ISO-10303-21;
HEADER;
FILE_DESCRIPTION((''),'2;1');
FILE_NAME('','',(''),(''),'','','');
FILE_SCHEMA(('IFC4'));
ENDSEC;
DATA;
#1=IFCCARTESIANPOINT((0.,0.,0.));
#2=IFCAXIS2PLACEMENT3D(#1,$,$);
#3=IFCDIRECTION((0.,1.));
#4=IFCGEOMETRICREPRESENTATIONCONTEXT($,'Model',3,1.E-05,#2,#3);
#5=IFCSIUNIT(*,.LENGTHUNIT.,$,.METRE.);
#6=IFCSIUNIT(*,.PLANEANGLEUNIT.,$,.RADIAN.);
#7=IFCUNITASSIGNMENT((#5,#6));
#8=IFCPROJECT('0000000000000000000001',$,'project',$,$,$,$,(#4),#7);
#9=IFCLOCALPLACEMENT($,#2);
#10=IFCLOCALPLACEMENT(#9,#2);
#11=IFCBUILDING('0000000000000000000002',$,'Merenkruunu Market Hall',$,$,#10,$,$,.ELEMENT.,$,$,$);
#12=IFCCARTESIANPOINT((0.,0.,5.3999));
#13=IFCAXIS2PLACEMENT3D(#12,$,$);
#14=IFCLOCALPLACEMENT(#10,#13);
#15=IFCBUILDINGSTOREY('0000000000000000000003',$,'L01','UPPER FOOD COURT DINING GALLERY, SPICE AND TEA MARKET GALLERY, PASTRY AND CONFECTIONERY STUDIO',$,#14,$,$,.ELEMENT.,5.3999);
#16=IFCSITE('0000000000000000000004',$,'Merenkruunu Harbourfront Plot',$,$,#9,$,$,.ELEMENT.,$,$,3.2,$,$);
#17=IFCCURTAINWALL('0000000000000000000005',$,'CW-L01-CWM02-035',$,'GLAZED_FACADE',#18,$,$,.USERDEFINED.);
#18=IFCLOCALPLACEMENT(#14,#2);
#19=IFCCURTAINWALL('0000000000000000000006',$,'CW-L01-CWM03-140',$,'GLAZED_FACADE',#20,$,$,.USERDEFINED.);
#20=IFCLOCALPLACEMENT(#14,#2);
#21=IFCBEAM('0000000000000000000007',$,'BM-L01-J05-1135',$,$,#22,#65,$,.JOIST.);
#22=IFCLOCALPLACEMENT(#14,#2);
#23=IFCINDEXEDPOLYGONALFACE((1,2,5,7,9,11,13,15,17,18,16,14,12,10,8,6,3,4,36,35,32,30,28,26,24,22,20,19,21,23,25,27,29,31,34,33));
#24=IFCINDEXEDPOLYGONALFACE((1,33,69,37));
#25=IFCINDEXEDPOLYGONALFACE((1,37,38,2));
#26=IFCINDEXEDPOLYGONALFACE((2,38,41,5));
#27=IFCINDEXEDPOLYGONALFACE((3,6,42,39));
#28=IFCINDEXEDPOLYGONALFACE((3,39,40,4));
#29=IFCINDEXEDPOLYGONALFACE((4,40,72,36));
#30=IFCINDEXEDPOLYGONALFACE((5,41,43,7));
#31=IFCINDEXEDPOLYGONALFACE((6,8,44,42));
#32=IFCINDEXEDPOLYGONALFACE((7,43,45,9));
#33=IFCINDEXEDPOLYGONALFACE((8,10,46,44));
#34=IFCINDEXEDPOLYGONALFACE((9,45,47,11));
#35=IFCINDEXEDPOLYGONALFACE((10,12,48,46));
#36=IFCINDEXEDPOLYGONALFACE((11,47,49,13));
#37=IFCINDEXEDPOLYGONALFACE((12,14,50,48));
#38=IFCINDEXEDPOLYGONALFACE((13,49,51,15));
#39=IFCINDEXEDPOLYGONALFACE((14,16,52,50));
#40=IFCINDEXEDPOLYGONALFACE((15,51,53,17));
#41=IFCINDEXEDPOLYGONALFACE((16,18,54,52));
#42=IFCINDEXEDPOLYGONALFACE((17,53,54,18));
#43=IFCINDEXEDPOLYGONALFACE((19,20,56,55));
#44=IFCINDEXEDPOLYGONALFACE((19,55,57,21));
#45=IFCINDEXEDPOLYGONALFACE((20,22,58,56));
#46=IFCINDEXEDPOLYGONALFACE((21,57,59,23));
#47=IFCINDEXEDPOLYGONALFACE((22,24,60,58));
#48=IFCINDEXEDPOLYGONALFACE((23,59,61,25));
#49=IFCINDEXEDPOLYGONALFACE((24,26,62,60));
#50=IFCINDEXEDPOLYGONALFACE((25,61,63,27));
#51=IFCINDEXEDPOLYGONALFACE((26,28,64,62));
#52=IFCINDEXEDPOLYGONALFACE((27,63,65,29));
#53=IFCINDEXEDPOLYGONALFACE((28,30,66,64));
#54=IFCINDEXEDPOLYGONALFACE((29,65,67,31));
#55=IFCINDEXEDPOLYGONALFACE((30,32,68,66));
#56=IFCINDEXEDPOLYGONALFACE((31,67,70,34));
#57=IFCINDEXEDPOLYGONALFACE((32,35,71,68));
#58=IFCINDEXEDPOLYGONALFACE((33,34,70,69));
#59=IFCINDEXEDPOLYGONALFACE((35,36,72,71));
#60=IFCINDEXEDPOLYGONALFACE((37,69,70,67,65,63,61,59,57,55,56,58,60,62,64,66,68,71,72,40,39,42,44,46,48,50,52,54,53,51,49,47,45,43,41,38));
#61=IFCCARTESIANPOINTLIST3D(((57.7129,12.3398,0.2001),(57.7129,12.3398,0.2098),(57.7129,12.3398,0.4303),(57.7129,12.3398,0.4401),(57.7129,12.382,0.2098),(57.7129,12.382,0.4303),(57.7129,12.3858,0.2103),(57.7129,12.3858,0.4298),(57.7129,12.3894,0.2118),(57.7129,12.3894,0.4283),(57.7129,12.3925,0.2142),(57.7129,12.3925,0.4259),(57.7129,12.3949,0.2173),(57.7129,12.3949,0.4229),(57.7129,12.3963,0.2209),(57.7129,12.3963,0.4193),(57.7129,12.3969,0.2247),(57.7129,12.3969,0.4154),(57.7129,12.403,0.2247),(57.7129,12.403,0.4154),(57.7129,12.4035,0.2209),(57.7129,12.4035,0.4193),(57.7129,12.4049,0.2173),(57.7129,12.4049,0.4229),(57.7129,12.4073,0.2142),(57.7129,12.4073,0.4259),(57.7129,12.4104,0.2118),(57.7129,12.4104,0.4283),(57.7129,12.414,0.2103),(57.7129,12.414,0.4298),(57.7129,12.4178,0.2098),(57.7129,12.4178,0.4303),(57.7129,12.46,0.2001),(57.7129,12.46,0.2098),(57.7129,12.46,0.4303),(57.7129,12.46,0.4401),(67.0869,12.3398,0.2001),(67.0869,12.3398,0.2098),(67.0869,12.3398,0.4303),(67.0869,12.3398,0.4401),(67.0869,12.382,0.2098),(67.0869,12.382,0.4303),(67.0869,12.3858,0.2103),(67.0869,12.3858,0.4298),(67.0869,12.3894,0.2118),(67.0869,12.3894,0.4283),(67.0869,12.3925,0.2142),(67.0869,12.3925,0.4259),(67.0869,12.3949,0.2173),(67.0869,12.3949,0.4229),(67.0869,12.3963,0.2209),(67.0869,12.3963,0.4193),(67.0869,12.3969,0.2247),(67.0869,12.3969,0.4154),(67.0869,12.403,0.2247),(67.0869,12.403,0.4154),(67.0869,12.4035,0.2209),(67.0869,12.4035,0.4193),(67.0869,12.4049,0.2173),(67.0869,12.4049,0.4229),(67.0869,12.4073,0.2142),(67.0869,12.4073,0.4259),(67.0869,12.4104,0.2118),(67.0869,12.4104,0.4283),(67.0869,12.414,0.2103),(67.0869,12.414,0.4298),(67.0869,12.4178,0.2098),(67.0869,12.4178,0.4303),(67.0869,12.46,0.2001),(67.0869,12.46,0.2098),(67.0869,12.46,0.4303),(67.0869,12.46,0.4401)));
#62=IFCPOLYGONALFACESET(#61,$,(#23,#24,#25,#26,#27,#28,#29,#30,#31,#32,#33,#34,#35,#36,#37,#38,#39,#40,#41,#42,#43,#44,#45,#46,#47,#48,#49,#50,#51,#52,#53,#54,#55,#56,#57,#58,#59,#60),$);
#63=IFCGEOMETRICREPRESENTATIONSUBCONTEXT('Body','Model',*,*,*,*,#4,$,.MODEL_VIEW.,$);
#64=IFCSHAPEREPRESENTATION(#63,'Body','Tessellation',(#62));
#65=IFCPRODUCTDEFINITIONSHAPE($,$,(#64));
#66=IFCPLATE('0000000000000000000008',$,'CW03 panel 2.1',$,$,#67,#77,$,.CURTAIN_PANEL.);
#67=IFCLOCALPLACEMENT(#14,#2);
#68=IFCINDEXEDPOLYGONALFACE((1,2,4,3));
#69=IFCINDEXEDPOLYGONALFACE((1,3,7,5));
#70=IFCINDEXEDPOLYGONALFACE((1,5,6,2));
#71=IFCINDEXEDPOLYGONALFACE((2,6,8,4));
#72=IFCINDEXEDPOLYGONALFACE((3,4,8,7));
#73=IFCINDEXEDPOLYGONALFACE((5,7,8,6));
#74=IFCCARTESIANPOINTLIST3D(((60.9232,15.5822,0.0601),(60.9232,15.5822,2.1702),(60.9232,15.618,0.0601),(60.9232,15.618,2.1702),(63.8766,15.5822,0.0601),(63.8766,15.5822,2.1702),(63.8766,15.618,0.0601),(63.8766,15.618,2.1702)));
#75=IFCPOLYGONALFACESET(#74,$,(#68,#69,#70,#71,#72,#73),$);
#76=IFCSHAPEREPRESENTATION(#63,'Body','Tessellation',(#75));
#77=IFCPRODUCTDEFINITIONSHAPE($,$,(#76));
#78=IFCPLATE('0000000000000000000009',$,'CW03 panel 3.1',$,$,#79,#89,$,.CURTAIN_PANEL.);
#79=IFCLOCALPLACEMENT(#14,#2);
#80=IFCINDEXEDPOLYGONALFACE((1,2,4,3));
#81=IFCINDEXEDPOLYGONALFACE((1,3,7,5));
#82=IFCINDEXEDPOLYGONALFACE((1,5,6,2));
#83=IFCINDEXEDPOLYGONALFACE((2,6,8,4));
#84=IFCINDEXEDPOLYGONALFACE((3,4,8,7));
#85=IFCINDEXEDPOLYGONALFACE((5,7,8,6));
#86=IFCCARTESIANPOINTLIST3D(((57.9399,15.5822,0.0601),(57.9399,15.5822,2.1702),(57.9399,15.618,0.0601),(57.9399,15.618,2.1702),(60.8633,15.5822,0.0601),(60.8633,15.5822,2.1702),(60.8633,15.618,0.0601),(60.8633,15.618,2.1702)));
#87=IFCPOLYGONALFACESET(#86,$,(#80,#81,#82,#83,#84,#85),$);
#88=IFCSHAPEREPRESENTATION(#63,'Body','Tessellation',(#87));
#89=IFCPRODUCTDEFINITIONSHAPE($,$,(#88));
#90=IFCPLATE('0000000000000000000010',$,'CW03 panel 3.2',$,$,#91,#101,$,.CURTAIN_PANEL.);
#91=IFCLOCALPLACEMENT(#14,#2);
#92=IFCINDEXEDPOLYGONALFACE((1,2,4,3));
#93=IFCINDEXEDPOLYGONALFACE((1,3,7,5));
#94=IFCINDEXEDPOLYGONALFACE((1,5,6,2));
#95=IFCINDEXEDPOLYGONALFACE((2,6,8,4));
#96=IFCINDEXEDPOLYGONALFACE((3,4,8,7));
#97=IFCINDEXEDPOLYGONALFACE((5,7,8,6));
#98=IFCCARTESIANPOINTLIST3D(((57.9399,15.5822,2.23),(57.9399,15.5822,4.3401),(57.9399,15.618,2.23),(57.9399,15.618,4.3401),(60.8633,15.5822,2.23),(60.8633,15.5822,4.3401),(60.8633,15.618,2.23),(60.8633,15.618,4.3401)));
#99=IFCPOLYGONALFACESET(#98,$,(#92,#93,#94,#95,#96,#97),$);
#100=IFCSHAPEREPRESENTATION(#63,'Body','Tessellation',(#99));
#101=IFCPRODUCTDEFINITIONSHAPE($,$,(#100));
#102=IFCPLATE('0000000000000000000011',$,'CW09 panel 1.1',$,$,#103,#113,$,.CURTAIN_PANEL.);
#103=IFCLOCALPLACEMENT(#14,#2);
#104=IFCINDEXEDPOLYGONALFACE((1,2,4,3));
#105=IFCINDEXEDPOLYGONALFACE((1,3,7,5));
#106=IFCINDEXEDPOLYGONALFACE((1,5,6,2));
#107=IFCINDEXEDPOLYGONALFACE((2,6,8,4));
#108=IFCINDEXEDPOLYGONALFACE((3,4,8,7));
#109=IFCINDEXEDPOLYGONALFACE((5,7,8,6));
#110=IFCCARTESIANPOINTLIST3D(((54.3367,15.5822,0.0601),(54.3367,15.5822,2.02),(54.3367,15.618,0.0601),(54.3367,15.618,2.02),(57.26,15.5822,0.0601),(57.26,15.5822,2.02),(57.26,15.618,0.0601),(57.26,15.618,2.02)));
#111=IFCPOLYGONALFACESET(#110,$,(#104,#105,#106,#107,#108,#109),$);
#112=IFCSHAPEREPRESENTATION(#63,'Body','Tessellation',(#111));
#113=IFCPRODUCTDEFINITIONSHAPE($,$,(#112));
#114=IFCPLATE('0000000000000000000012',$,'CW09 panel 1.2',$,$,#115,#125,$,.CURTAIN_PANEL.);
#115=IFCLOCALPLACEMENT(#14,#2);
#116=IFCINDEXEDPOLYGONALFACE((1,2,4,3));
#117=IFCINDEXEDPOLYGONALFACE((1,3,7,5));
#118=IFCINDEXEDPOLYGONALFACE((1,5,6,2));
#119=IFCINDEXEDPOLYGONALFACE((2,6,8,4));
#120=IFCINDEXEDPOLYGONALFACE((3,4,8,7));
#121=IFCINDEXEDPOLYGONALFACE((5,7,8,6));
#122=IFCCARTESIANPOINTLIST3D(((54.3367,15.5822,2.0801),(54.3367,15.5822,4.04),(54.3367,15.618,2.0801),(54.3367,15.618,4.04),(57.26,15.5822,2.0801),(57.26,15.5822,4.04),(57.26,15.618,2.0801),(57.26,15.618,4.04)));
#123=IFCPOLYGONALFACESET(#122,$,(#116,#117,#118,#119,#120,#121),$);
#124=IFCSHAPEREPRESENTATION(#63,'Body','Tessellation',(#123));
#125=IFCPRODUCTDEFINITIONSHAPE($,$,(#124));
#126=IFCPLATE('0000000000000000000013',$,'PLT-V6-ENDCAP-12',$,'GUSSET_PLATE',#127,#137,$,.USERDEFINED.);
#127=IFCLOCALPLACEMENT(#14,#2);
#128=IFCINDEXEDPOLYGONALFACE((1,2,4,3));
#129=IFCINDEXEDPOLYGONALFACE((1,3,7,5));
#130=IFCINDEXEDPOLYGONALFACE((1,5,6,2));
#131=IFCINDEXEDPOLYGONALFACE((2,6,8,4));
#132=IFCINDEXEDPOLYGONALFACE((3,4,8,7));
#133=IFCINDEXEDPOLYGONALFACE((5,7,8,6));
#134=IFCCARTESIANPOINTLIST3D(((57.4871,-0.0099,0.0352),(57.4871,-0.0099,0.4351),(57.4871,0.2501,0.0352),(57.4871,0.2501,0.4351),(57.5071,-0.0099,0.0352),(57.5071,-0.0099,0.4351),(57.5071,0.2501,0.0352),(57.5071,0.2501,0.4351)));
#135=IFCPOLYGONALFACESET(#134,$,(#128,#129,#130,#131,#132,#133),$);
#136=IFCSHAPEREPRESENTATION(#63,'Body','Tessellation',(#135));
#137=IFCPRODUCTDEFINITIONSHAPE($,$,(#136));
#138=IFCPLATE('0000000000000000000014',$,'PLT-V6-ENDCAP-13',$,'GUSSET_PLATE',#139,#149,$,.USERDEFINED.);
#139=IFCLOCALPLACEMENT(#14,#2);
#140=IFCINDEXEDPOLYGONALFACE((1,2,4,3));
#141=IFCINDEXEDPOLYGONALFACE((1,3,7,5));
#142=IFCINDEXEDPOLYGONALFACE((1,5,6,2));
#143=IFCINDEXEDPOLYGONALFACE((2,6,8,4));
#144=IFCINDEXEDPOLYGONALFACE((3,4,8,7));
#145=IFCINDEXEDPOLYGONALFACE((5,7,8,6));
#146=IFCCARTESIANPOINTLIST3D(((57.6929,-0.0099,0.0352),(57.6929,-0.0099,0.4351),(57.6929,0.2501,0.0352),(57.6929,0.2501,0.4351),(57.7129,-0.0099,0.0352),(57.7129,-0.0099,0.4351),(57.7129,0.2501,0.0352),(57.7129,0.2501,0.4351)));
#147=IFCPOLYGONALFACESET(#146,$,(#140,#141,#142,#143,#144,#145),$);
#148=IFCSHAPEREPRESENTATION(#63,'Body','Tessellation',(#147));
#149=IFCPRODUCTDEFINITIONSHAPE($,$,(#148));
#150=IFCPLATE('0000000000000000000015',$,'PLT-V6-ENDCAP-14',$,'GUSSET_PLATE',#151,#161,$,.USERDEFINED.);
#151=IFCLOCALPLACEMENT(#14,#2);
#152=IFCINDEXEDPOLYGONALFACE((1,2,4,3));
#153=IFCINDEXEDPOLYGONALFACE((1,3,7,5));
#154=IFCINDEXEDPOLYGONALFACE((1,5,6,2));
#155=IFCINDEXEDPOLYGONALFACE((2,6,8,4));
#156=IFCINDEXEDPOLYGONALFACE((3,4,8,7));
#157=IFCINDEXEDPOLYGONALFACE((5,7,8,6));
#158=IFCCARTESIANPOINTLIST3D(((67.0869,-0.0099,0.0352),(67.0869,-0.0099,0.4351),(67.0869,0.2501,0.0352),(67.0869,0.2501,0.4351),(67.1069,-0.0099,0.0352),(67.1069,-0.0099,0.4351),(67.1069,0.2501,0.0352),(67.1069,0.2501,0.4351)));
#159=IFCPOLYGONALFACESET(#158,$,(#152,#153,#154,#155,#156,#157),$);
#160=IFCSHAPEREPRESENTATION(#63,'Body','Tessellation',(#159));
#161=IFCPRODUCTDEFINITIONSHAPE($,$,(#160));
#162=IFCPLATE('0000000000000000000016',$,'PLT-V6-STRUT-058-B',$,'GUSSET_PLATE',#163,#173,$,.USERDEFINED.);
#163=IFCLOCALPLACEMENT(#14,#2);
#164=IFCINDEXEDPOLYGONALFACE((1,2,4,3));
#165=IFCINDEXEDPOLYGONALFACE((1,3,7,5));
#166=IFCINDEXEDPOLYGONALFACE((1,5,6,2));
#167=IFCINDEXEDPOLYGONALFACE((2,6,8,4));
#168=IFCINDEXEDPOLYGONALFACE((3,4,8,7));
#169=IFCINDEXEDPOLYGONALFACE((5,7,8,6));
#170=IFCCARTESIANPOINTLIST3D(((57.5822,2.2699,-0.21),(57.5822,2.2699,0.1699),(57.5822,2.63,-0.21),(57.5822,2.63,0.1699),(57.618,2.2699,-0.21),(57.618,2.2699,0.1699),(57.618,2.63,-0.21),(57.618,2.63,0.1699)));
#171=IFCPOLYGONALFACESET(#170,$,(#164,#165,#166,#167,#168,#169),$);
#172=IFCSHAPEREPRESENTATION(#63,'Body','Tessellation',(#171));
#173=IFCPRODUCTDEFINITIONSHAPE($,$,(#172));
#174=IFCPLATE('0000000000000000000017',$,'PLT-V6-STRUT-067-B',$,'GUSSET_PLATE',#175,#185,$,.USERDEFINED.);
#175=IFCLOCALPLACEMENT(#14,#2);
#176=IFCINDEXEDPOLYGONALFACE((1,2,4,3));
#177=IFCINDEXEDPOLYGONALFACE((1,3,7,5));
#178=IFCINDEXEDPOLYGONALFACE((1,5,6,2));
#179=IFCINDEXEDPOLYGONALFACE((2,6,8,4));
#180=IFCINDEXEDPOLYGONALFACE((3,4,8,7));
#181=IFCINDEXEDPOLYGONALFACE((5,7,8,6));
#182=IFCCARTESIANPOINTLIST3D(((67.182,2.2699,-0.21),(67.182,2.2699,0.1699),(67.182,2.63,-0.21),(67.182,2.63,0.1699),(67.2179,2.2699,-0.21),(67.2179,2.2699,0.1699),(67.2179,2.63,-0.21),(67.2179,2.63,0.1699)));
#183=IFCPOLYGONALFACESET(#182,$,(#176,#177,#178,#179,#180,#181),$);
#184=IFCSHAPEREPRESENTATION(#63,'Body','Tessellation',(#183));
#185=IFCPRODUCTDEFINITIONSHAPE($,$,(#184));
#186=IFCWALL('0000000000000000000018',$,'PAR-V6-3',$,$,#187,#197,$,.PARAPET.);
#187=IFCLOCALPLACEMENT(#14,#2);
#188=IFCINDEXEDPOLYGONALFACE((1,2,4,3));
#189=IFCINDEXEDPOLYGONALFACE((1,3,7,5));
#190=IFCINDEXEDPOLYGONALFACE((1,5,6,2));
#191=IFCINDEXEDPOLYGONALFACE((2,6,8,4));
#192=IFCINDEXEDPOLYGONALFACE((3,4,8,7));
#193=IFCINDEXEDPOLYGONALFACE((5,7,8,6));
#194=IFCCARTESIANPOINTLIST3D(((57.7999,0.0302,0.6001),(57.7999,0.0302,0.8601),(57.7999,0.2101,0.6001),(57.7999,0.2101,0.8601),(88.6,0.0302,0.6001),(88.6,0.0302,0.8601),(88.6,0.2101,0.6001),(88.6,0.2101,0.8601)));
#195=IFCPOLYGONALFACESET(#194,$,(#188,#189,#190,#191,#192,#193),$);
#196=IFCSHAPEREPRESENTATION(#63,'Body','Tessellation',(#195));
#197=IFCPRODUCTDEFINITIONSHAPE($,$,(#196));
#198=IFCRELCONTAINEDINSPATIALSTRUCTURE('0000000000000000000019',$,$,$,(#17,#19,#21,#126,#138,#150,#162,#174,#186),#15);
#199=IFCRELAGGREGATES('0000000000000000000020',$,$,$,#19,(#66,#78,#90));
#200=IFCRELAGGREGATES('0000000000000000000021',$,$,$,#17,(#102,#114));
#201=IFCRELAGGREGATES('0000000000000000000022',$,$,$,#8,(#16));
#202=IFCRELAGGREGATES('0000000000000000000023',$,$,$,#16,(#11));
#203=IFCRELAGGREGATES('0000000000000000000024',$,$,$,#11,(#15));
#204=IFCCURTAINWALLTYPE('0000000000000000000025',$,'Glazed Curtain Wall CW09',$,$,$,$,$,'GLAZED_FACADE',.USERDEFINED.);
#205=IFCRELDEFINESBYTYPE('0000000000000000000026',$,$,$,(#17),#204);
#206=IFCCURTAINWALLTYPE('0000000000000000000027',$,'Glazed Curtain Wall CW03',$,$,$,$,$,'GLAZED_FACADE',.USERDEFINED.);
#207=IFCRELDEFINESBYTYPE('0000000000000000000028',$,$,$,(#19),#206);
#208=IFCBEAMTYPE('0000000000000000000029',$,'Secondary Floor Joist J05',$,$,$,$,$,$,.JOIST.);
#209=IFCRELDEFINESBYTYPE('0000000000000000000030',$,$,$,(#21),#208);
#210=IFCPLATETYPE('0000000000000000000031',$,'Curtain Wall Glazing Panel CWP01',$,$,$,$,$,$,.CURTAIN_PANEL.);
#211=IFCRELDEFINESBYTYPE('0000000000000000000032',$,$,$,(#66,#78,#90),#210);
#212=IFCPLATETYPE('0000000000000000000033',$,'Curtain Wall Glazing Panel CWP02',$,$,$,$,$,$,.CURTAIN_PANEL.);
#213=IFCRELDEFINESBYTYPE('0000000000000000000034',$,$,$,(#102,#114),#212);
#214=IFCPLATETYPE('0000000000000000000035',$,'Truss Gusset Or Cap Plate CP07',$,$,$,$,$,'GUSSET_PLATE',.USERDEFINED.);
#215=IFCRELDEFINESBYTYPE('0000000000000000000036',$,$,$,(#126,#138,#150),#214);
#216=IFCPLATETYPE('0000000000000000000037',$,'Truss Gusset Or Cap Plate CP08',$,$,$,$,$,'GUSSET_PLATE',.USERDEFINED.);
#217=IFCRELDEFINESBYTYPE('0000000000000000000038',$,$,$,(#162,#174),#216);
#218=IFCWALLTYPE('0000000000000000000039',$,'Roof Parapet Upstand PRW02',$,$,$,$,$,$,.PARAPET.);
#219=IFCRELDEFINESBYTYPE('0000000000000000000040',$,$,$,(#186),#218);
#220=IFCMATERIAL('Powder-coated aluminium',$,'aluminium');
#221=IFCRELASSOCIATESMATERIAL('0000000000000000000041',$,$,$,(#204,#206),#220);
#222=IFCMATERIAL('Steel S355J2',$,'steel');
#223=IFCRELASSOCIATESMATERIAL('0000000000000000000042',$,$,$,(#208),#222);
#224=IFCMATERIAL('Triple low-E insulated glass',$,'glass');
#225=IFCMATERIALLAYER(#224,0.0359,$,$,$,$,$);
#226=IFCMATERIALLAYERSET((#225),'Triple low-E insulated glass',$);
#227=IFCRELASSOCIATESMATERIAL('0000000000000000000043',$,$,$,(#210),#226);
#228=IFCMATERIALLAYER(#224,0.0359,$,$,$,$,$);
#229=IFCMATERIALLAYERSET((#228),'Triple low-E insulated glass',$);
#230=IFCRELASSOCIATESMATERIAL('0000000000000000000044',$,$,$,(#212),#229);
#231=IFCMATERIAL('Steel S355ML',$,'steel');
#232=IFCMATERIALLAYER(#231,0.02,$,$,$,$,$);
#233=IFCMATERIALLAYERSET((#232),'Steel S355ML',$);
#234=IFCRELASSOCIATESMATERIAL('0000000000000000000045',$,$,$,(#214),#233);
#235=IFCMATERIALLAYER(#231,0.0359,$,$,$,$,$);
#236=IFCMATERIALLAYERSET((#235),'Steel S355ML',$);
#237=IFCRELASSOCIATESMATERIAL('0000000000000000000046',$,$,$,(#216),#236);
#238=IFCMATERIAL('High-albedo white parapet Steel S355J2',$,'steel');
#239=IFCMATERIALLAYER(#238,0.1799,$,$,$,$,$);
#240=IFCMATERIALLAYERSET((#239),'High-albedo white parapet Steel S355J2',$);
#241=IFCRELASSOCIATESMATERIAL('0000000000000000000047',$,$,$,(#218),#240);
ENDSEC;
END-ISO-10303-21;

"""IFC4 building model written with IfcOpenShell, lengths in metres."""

from ifc_helpers import new_model, si_unit, direction, frame, frame_2d, origin, origin_2d, place, context, subcontext, project, spatial, rectangle, i_section, extrude, material, layer, layer_set, material_profile, profile_set, type_object, element, aggregate, save


model = new_model("IFC4")

# Units and contexts
model_context = context("Model", 3, precision=1e-05, world=origin(), true_north=direction((0.0, 1.0)))
body_context = subcontext(model_context, "Body", "Model", "MODEL_VIEW")
ifc_project = project(units=[si_unit("LENGTHUNIT", "METRE"), si_unit("PLANEANGLEUNIT", "RADIAN")], contexts=[model_context])

# Site, building, storey
site_placement = place(None, origin())
site = spatial("IfcSite", under=ifc_project, at=site_placement, Name="Merenkruunu Harbourfront Plot", CompositionType="ELEMENT", RefElevation=3.2)
building_placement = place(site_placement, origin())
building = spatial("IfcBuilding", under=site, at=building_placement, Name="Merenkruunu Market Hall", CompositionType="ELEMENT")
storey_placement = place(building_placement, frame((0.0, 0.0, 5.3999)))
storey = spatial("IfcBuildingStorey", under=building, at=storey_placement, Name="L01", Description="UPPER FOOD COURT DINING GALLERY, SPICE AND TEA MARKET GALLERY, PASTRY AND CONFECTIONERY STUDIO", CompositionType="ELEMENT", Elevation=5.3999)

# Shared definitions
ifc_material_1 = material(Name="Steel S355ML", Category="steel")

# Curtain walls
ifc_material_2 = material(Name="Powder-coated aluminium", Category="aluminium")
curtain_wall_type_1 = type_object("IfcCurtainWallType", Name="Glazed Curtain Wall CW09", ElementType="GLAZED_FACADE", PredefinedType="USERDEFINED", material=ifc_material_2)
curtain_wall_1_placement = place(storey_placement, origin())
curtain_wall_1 = element("IfcCurtainWall", 1, at=curtain_wall_1_placement, inside=storey, type_object=curtain_wall_type_1, Name="CW-L01-CWM02-035", ObjectType="GLAZED_FACADE", PredefinedType="USERDEFINED")
curtain_wall_type_2 = type_object("IfcCurtainWallType", Name="Glazed Curtain Wall CW03", ElementType="GLAZED_FACADE", PredefinedType="USERDEFINED", material=ifc_material_2)
curtain_wall_2_placement = place(storey_placement, origin())
curtain_wall_2 = element("IfcCurtainWall", 2, at=curtain_wall_2_placement, inside=storey, type_object=curtain_wall_type_2, Name="CW-L01-CWM03-140", ObjectType="GLAZED_FACADE", PredefinedType="USERDEFINED")

# Beam
ifc_material_3 = material(Name="Steel S355J2", Category="steel")
ifc_material_profile_1 = material_profile(ifc_material_3, i_section(OverallWidth=0.1201, OverallDepth=0.24, WebThickness=0.0061, FlangeThickness=0.0098, FilletRadius=0.0149, at=origin_2d()), Name="IPE 240")
ifc_profile_set_1 = profile_set([ifc_material_profile_1], Name="Steel S355J2")
beam_type_1 = type_object("IfcBeamType", Name="Secondary Floor Joist J05", PredefinedType="JOIST", material=ifc_profile_set_1)
for number, where, z_axis, x_axis, name in (
    (3, (57.7129, 12.3999, 0.3201), (1.0, 0.0, 0.0), (0.0, 1.0, 0.0), "BM-L01-J05-1135"),
):
    element("IfcBeam", number, at=place(storey_placement, frame(where, z_axis=z_axis, x_axis=x_axis)), inside=storey, type_object=beam_type_1, Name=name, PredefinedType="JOIST", context=body_context, shape_type="SweptSolid", body=[
        extrude(i_section(OverallWidth=0.1201, OverallDepth=0.24, WebThickness=0.0061, FlangeThickness=0.0098, FilletRadius=0.0149, at=origin_2d()), origin(), (0.0, 0.0, 1.0), 9.374),
    ])

# Plates
ifc_material_4 = material(Name="Triple low-E insulated glass", Category="glass")
ifc_layer_1 = layer(ifc_material_4, 0.0359)
ifc_layer_set_1 = layer_set([ifc_layer_1], Name="Triple low-E insulated glass")
plate_type_1 = type_object("IfcPlateType", Name="Curtain Wall Glazing Panel CWP01", PredefinedType="CURTAIN_PANEL", material=ifc_layer_set_1)
plate_1_placement = place(storey_placement, frame((62.3999, 15.6001, 0.0601), z_axis=(0.0, 0.0, 1.0), x_axis=(-1.0, 0.0, 0.0)))
plate_1 = element("IfcPlate", 4, at=plate_1_placement, type_object=plate_type_1, Name="CW03 panel 2.1", PredefinedType="CURTAIN_PANEL", context=body_context, shape_type="SweptSolid", body=[
    extrude(rectangle(XDim=2.9534, YDim=0.0359, at=origin_2d()), origin(), (0.0, 0.0, 1.0), 2.1101),
])
plate_2_placement = place(storey_placement, frame((59.4016, 15.6001, 0.0601), z_axis=(0.0, 0.0, 1.0), x_axis=(-1.0, 0.0, 0.0)))
plate_2 = element("IfcPlate", 5, at=plate_2_placement, type_object=plate_type_1, Name="CW03 panel 3.1", PredefinedType="CURTAIN_PANEL", context=body_context, shape_type="SweptSolid", body=[
    extrude(rectangle(XDim=2.9233, YDim=0.0359, at=origin_2d()), origin(), (0.0, 0.0, 1.0), 2.1101),
])
plate_3_placement = place(storey_placement, frame((59.4016, 15.6001, 2.23), z_axis=(0.0, 0.0, 1.0), x_axis=(-1.0, 0.0, 0.0)))
plate_3 = element("IfcPlate", 6, at=plate_3_placement, type_object=plate_type_1, Name="CW03 panel 3.2", PredefinedType="CURTAIN_PANEL", context=body_context, shape_type="SweptSolid", body=[
    extrude(rectangle(XDim=2.9233, YDim=0.0359, at=origin_2d()), origin(), (0.0, 0.0, 1.0), 2.1101),
])
aggregate(curtain_wall_2, [plate_1, plate_2, plate_3])
ifc_layer_2 = layer(ifc_material_4, 0.0359)
ifc_layer_set_2 = layer_set([ifc_layer_2], Name="Triple low-E insulated glass")
plate_type_2 = type_object("IfcPlateType", Name="Curtain Wall Glazing Panel CWP02", PredefinedType="CURTAIN_PANEL", material=ifc_layer_set_2)
plate_4_placement = place(storey_placement, frame((55.7983, 15.6001, 0.0601), z_axis=(0.0, 0.0, 1.0), x_axis=(-1.0, 0.0, 0.0)))
plate_4 = element("IfcPlate", 7, at=plate_4_placement, type_object=plate_type_2, Name="CW09 panel 1.1", PredefinedType="CURTAIN_PANEL", context=body_context, shape_type="SweptSolid", body=[
    extrude(rectangle(XDim=2.9233, YDim=0.0359, at=origin_2d()), origin(), (0.0, 0.0, 1.0), 1.96),
])
plate_5_placement = place(storey_placement, frame((55.7983, 15.6001, 2.0801), z_axis=(0.0, 0.0, 1.0), x_axis=(-1.0, 0.0, 0.0)))
plate_5 = element("IfcPlate", 8, at=plate_5_placement, type_object=plate_type_2, Name="CW09 panel 1.2", PredefinedType="CURTAIN_PANEL", context=body_context, shape_type="SweptSolid", body=[
    extrude(rectangle(XDim=2.9233, YDim=0.0359, at=origin_2d()), origin(), (0.0, 0.0, 1.0), 1.96),
])
aggregate(curtain_wall_1, [plate_4, plate_5])

# Plates
ifc_layer_3 = layer(ifc_material_1, 0.02)
ifc_layer_set_3 = layer_set([ifc_layer_3], Name="Steel S355ML")
plate_type_3 = type_object("IfcPlateType", Name="Truss Gusset Or Cap Plate CP07", ElementType="GUSSET_PLATE", PredefinedType="USERDEFINED", material=ifc_layer_set_3)
for number, where, z_axis, x_axis, name in (
    (9, (57.4971, 0.1201, 0.0352), (0.0, 0.0, 1.0), (1.0, 0.0, 0.0), "PLT-V6-ENDCAP-12"),
    (10, (57.7029, 0.1201, 0.0352), (0.0, 0.0, 1.0), (1.0, 0.0, 0.0), "PLT-V6-ENDCAP-13"),
    (11, (67.0969, 0.1201, 0.0352), (0.0, 0.0, 1.0), (1.0, 0.0, 0.0), "PLT-V6-ENDCAP-14"),
):
    element("IfcPlate", number, at=place(storey_placement, frame(where, z_axis=z_axis, x_axis=x_axis)), inside=storey, type_object=plate_type_3, Name=name, ObjectType="GUSSET_PLATE", PredefinedType="USERDEFINED", context=body_context, shape_type="SweptSolid", body=[
        extrude(rectangle(XDim=0.02, YDim=0.26, at=origin_2d()), origin(), (0.0, 0.0, 1.0), 0.3999),
    ])
ifc_layer_4 = layer(ifc_material_1, 0.0359)
ifc_layer_set_4 = layer_set([ifc_layer_4], Name="Steel S355ML")
plate_type_4 = type_object("IfcPlateType", Name="Truss Gusset Or Cap Plate CP08", ElementType="GUSSET_PLATE", PredefinedType="USERDEFINED", material=ifc_layer_set_4)
for number, where, z_axis, x_axis, name in (
    (12, (57.6001, 2.45, -0.21), (0.0, 0.0, 1.0), (1.0, 0.0, 0.0), "PLT-V6-STRUT-058-B"),
    (13, (67.2, 2.45, -0.21), (0.0, 0.0, 1.0), (1.0, 0.0, 0.0), "PLT-V6-STRUT-067-B"),
):
    element("IfcPlate", number, at=place(storey_placement, frame(where, z_axis=z_axis, x_axis=x_axis)), inside=storey, type_object=plate_type_4, Name=name, ObjectType="GUSSET_PLATE", PredefinedType="USERDEFINED", context=body_context, shape_type="SweptSolid", body=[
        extrude(rectangle(XDim=0.0359, YDim=0.3601, at=origin_2d()), origin(), (0.0, 0.0, 1.0), 0.3799),
    ])

# Wall
ifc_material_5 = material(Name="High-albedo white parapet Steel S355J2", Category="steel")
ifc_layer_5 = layer(ifc_material_5, 0.1799)
ifc_layer_set_5 = layer_set([ifc_layer_5], Name="High-albedo white parapet Steel S355J2")
wall_type = type_object("IfcWallType", Name="Roof Parapet Upstand PRW02", PredefinedType="PARAPET", material=ifc_layer_set_5)
wall_placement = place(storey_placement, frame((57.8, 0.1201, 0.6001), z_axis=(0.0, 0.0, 1.0), x_axis=(1.0, 0.0, 0.0)))
element("IfcWall", 14, at=wall_placement, inside=storey, type_object=wall_type, Name="PAR-V6-3", PredefinedType="PARAPET", context=body_context, shape_type="SweptSolid", body=[
    extrude(rectangle(XDim=30.8, YDim=0.1799, at=frame_2d((15.3999, 0.0))), origin(), (0.0, 0.0, 1.0), 0.26),
])

save(model, "model.ifc")
